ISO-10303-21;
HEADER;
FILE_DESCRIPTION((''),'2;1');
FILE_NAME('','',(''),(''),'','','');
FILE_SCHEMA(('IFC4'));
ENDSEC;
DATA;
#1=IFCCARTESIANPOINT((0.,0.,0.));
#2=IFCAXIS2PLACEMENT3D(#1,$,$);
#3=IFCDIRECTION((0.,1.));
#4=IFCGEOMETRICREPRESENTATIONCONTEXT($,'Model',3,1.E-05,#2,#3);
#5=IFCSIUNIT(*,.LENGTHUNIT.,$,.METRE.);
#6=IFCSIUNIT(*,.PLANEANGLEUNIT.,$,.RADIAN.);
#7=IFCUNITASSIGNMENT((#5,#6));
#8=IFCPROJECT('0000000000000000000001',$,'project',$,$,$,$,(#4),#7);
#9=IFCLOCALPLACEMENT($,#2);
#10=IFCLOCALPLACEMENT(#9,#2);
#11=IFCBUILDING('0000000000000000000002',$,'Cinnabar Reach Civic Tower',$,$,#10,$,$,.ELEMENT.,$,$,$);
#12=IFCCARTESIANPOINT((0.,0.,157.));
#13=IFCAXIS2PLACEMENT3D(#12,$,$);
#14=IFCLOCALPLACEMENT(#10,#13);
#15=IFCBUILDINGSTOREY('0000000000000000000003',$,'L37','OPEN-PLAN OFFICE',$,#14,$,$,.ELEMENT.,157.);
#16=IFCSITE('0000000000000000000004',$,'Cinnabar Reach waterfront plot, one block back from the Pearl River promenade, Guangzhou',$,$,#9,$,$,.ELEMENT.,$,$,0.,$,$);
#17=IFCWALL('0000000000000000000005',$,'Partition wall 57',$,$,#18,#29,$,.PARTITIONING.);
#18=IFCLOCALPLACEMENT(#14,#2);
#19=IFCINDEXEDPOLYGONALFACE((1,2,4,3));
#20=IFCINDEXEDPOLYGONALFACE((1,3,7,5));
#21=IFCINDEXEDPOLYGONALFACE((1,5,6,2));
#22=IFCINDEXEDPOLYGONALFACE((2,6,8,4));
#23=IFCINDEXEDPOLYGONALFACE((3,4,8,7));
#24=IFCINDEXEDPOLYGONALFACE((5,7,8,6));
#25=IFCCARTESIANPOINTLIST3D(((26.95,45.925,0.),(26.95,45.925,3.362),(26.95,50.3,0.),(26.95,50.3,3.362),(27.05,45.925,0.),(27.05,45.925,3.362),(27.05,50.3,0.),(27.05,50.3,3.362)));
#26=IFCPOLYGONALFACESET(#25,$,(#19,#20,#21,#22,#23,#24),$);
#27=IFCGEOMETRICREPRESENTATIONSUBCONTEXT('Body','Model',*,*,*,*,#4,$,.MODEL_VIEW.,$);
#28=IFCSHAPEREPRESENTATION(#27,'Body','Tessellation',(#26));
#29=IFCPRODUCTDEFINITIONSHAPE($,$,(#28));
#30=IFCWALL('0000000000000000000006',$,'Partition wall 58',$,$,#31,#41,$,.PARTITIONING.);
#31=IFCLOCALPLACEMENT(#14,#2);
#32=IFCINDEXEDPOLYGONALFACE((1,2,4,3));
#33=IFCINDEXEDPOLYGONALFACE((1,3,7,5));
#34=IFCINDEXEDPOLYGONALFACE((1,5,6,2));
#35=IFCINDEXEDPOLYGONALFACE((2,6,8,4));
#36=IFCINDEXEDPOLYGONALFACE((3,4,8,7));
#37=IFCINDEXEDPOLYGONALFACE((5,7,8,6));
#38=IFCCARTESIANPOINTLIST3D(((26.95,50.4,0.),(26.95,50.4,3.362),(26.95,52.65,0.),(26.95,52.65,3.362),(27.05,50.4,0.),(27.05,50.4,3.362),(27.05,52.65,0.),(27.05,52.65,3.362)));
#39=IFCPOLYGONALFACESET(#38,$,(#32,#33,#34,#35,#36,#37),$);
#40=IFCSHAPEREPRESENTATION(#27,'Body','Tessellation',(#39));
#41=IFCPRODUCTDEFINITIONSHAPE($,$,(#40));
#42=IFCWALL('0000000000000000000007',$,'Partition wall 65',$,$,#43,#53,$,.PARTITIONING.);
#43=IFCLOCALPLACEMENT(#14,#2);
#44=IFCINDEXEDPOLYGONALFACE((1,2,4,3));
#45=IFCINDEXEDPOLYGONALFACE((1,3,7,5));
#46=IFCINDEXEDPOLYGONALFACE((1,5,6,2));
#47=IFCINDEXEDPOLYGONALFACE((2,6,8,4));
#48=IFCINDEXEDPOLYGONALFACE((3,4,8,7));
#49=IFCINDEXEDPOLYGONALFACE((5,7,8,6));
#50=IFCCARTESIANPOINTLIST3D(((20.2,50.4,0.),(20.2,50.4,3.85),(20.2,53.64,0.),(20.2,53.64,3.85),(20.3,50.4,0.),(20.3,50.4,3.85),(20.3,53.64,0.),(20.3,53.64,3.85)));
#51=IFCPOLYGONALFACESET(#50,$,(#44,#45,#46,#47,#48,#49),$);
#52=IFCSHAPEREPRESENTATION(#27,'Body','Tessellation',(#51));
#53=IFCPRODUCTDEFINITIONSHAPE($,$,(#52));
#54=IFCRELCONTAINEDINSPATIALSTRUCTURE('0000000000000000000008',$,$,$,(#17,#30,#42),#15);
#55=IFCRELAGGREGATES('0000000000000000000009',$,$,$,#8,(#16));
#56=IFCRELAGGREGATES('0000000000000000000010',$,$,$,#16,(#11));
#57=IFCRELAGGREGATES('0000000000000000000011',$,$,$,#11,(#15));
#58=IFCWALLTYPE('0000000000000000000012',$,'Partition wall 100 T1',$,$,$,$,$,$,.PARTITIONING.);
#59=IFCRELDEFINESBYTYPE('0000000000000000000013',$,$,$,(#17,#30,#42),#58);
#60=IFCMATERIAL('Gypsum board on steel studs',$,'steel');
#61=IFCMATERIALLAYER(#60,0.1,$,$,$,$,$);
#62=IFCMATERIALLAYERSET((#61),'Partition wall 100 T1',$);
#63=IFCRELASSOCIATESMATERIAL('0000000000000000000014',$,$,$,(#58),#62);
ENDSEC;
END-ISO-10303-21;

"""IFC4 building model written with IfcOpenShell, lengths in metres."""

from ifc_helpers import new_model, si_unit, direction, frame, frame_2d, origin, place, context, subcontext, project, spatial, rectangle, extrude, material, layer, layer_set, type_object, element, save


model = new_model("IFC4")

# Units and contexts
model_context = context("Model", 3, precision=1e-05, world=origin(), true_north=direction((0.0, 1.0)))
body_context = subcontext(model_context, "Body", "Model", "MODEL_VIEW")
ifc_project = project(units=[si_unit("LENGTHUNIT", "METRE"), si_unit("PLANEANGLEUNIT", "RADIAN")], contexts=[model_context])

# Site, building, storey
site_placement = place(None, origin())
site = spatial("IfcSite", under=ifc_project, at=site_placement, Name="Cinnabar Reach waterfront plot, one block back from the Pearl River promenade, Guangzhou", CompositionType="ELEMENT", RefElevation=0.0)
building_placement = place(site_placement, origin())
building = spatial("IfcBuilding", under=site, at=building_placement, Name="Cinnabar Reach Civic Tower", CompositionType="ELEMENT")
storey_placement = place(building_placement, frame((0.0, 0.0, 157.0)))
storey = spatial("IfcBuildingStorey", under=building, at=storey_placement, Name="L37", Description="OPEN-PLAN OFFICE", CompositionType="ELEMENT", Elevation=157.0)

# Shared definitions
ifc_material_1 = material(Name="Gypsum board on steel studs", Category="steel")
ifc_layer_1 = layer(ifc_material_1, 0.1)
ifc_layer_set_1 = layer_set([ifc_layer_1], Name="Partition wall 100 T1")
wall_type_1 = type_object("IfcWallType", Name="Partition wall 100 T1", PredefinedType="PARTITIONING", material=ifc_layer_set_1)

# Walls
wall_1_placement = place(storey_placement, frame((27.0, 45.925, 0.0), z_axis=(0.0, 0.0, 1.0), x_axis=(0.0, 1.0, 0.0)))
element("IfcWall", 1, at=wall_1_placement, inside=storey, type_object=wall_type_1, Name="Partition wall 57", PredefinedType="PARTITIONING", context=body_context, shape_type="SweptSolid", body=[
    extrude(rectangle(XDim=4.375, YDim=0.1, at=frame_2d((2.1875, 0.0))), origin(), (0.0, 0.0, 1.0), 3.362),
])
wall_2_placement = place(storey_placement, frame((27.0, 50.4, 0.0), z_axis=(0.0, 0.0, 1.0), x_axis=(0.0, 1.0, 0.0)))
element("IfcWall", 2, at=wall_2_placement, inside=storey, type_object=wall_type_1, Name="Partition wall 58", PredefinedType="PARTITIONING", context=body_context, shape_type="SweptSolid", body=[
    extrude(rectangle(XDim=2.25, YDim=0.1, at=frame_2d((1.125, 0.0))), origin(), (0.0, 0.0, 1.0), 3.362),
])
wall_3_placement = place(storey_placement, frame((20.25, 50.4, 0.0), z_axis=(0.0, 0.0, 1.0), x_axis=(0.0, 1.0, 0.0)))
element("IfcWall", 3, at=wall_3_placement, inside=storey, type_object=wall_type_1, Name="Partition wall 65", PredefinedType="PARTITIONING", context=body_context, shape_type="SweptSolid", body=[
    extrude(rectangle(XDim=3.24, YDim=0.1, at=frame_2d((1.62, 0.0))), origin(), (0.0, 0.0, 1.0), 3.85),
])

save(model, "model.ifc")
